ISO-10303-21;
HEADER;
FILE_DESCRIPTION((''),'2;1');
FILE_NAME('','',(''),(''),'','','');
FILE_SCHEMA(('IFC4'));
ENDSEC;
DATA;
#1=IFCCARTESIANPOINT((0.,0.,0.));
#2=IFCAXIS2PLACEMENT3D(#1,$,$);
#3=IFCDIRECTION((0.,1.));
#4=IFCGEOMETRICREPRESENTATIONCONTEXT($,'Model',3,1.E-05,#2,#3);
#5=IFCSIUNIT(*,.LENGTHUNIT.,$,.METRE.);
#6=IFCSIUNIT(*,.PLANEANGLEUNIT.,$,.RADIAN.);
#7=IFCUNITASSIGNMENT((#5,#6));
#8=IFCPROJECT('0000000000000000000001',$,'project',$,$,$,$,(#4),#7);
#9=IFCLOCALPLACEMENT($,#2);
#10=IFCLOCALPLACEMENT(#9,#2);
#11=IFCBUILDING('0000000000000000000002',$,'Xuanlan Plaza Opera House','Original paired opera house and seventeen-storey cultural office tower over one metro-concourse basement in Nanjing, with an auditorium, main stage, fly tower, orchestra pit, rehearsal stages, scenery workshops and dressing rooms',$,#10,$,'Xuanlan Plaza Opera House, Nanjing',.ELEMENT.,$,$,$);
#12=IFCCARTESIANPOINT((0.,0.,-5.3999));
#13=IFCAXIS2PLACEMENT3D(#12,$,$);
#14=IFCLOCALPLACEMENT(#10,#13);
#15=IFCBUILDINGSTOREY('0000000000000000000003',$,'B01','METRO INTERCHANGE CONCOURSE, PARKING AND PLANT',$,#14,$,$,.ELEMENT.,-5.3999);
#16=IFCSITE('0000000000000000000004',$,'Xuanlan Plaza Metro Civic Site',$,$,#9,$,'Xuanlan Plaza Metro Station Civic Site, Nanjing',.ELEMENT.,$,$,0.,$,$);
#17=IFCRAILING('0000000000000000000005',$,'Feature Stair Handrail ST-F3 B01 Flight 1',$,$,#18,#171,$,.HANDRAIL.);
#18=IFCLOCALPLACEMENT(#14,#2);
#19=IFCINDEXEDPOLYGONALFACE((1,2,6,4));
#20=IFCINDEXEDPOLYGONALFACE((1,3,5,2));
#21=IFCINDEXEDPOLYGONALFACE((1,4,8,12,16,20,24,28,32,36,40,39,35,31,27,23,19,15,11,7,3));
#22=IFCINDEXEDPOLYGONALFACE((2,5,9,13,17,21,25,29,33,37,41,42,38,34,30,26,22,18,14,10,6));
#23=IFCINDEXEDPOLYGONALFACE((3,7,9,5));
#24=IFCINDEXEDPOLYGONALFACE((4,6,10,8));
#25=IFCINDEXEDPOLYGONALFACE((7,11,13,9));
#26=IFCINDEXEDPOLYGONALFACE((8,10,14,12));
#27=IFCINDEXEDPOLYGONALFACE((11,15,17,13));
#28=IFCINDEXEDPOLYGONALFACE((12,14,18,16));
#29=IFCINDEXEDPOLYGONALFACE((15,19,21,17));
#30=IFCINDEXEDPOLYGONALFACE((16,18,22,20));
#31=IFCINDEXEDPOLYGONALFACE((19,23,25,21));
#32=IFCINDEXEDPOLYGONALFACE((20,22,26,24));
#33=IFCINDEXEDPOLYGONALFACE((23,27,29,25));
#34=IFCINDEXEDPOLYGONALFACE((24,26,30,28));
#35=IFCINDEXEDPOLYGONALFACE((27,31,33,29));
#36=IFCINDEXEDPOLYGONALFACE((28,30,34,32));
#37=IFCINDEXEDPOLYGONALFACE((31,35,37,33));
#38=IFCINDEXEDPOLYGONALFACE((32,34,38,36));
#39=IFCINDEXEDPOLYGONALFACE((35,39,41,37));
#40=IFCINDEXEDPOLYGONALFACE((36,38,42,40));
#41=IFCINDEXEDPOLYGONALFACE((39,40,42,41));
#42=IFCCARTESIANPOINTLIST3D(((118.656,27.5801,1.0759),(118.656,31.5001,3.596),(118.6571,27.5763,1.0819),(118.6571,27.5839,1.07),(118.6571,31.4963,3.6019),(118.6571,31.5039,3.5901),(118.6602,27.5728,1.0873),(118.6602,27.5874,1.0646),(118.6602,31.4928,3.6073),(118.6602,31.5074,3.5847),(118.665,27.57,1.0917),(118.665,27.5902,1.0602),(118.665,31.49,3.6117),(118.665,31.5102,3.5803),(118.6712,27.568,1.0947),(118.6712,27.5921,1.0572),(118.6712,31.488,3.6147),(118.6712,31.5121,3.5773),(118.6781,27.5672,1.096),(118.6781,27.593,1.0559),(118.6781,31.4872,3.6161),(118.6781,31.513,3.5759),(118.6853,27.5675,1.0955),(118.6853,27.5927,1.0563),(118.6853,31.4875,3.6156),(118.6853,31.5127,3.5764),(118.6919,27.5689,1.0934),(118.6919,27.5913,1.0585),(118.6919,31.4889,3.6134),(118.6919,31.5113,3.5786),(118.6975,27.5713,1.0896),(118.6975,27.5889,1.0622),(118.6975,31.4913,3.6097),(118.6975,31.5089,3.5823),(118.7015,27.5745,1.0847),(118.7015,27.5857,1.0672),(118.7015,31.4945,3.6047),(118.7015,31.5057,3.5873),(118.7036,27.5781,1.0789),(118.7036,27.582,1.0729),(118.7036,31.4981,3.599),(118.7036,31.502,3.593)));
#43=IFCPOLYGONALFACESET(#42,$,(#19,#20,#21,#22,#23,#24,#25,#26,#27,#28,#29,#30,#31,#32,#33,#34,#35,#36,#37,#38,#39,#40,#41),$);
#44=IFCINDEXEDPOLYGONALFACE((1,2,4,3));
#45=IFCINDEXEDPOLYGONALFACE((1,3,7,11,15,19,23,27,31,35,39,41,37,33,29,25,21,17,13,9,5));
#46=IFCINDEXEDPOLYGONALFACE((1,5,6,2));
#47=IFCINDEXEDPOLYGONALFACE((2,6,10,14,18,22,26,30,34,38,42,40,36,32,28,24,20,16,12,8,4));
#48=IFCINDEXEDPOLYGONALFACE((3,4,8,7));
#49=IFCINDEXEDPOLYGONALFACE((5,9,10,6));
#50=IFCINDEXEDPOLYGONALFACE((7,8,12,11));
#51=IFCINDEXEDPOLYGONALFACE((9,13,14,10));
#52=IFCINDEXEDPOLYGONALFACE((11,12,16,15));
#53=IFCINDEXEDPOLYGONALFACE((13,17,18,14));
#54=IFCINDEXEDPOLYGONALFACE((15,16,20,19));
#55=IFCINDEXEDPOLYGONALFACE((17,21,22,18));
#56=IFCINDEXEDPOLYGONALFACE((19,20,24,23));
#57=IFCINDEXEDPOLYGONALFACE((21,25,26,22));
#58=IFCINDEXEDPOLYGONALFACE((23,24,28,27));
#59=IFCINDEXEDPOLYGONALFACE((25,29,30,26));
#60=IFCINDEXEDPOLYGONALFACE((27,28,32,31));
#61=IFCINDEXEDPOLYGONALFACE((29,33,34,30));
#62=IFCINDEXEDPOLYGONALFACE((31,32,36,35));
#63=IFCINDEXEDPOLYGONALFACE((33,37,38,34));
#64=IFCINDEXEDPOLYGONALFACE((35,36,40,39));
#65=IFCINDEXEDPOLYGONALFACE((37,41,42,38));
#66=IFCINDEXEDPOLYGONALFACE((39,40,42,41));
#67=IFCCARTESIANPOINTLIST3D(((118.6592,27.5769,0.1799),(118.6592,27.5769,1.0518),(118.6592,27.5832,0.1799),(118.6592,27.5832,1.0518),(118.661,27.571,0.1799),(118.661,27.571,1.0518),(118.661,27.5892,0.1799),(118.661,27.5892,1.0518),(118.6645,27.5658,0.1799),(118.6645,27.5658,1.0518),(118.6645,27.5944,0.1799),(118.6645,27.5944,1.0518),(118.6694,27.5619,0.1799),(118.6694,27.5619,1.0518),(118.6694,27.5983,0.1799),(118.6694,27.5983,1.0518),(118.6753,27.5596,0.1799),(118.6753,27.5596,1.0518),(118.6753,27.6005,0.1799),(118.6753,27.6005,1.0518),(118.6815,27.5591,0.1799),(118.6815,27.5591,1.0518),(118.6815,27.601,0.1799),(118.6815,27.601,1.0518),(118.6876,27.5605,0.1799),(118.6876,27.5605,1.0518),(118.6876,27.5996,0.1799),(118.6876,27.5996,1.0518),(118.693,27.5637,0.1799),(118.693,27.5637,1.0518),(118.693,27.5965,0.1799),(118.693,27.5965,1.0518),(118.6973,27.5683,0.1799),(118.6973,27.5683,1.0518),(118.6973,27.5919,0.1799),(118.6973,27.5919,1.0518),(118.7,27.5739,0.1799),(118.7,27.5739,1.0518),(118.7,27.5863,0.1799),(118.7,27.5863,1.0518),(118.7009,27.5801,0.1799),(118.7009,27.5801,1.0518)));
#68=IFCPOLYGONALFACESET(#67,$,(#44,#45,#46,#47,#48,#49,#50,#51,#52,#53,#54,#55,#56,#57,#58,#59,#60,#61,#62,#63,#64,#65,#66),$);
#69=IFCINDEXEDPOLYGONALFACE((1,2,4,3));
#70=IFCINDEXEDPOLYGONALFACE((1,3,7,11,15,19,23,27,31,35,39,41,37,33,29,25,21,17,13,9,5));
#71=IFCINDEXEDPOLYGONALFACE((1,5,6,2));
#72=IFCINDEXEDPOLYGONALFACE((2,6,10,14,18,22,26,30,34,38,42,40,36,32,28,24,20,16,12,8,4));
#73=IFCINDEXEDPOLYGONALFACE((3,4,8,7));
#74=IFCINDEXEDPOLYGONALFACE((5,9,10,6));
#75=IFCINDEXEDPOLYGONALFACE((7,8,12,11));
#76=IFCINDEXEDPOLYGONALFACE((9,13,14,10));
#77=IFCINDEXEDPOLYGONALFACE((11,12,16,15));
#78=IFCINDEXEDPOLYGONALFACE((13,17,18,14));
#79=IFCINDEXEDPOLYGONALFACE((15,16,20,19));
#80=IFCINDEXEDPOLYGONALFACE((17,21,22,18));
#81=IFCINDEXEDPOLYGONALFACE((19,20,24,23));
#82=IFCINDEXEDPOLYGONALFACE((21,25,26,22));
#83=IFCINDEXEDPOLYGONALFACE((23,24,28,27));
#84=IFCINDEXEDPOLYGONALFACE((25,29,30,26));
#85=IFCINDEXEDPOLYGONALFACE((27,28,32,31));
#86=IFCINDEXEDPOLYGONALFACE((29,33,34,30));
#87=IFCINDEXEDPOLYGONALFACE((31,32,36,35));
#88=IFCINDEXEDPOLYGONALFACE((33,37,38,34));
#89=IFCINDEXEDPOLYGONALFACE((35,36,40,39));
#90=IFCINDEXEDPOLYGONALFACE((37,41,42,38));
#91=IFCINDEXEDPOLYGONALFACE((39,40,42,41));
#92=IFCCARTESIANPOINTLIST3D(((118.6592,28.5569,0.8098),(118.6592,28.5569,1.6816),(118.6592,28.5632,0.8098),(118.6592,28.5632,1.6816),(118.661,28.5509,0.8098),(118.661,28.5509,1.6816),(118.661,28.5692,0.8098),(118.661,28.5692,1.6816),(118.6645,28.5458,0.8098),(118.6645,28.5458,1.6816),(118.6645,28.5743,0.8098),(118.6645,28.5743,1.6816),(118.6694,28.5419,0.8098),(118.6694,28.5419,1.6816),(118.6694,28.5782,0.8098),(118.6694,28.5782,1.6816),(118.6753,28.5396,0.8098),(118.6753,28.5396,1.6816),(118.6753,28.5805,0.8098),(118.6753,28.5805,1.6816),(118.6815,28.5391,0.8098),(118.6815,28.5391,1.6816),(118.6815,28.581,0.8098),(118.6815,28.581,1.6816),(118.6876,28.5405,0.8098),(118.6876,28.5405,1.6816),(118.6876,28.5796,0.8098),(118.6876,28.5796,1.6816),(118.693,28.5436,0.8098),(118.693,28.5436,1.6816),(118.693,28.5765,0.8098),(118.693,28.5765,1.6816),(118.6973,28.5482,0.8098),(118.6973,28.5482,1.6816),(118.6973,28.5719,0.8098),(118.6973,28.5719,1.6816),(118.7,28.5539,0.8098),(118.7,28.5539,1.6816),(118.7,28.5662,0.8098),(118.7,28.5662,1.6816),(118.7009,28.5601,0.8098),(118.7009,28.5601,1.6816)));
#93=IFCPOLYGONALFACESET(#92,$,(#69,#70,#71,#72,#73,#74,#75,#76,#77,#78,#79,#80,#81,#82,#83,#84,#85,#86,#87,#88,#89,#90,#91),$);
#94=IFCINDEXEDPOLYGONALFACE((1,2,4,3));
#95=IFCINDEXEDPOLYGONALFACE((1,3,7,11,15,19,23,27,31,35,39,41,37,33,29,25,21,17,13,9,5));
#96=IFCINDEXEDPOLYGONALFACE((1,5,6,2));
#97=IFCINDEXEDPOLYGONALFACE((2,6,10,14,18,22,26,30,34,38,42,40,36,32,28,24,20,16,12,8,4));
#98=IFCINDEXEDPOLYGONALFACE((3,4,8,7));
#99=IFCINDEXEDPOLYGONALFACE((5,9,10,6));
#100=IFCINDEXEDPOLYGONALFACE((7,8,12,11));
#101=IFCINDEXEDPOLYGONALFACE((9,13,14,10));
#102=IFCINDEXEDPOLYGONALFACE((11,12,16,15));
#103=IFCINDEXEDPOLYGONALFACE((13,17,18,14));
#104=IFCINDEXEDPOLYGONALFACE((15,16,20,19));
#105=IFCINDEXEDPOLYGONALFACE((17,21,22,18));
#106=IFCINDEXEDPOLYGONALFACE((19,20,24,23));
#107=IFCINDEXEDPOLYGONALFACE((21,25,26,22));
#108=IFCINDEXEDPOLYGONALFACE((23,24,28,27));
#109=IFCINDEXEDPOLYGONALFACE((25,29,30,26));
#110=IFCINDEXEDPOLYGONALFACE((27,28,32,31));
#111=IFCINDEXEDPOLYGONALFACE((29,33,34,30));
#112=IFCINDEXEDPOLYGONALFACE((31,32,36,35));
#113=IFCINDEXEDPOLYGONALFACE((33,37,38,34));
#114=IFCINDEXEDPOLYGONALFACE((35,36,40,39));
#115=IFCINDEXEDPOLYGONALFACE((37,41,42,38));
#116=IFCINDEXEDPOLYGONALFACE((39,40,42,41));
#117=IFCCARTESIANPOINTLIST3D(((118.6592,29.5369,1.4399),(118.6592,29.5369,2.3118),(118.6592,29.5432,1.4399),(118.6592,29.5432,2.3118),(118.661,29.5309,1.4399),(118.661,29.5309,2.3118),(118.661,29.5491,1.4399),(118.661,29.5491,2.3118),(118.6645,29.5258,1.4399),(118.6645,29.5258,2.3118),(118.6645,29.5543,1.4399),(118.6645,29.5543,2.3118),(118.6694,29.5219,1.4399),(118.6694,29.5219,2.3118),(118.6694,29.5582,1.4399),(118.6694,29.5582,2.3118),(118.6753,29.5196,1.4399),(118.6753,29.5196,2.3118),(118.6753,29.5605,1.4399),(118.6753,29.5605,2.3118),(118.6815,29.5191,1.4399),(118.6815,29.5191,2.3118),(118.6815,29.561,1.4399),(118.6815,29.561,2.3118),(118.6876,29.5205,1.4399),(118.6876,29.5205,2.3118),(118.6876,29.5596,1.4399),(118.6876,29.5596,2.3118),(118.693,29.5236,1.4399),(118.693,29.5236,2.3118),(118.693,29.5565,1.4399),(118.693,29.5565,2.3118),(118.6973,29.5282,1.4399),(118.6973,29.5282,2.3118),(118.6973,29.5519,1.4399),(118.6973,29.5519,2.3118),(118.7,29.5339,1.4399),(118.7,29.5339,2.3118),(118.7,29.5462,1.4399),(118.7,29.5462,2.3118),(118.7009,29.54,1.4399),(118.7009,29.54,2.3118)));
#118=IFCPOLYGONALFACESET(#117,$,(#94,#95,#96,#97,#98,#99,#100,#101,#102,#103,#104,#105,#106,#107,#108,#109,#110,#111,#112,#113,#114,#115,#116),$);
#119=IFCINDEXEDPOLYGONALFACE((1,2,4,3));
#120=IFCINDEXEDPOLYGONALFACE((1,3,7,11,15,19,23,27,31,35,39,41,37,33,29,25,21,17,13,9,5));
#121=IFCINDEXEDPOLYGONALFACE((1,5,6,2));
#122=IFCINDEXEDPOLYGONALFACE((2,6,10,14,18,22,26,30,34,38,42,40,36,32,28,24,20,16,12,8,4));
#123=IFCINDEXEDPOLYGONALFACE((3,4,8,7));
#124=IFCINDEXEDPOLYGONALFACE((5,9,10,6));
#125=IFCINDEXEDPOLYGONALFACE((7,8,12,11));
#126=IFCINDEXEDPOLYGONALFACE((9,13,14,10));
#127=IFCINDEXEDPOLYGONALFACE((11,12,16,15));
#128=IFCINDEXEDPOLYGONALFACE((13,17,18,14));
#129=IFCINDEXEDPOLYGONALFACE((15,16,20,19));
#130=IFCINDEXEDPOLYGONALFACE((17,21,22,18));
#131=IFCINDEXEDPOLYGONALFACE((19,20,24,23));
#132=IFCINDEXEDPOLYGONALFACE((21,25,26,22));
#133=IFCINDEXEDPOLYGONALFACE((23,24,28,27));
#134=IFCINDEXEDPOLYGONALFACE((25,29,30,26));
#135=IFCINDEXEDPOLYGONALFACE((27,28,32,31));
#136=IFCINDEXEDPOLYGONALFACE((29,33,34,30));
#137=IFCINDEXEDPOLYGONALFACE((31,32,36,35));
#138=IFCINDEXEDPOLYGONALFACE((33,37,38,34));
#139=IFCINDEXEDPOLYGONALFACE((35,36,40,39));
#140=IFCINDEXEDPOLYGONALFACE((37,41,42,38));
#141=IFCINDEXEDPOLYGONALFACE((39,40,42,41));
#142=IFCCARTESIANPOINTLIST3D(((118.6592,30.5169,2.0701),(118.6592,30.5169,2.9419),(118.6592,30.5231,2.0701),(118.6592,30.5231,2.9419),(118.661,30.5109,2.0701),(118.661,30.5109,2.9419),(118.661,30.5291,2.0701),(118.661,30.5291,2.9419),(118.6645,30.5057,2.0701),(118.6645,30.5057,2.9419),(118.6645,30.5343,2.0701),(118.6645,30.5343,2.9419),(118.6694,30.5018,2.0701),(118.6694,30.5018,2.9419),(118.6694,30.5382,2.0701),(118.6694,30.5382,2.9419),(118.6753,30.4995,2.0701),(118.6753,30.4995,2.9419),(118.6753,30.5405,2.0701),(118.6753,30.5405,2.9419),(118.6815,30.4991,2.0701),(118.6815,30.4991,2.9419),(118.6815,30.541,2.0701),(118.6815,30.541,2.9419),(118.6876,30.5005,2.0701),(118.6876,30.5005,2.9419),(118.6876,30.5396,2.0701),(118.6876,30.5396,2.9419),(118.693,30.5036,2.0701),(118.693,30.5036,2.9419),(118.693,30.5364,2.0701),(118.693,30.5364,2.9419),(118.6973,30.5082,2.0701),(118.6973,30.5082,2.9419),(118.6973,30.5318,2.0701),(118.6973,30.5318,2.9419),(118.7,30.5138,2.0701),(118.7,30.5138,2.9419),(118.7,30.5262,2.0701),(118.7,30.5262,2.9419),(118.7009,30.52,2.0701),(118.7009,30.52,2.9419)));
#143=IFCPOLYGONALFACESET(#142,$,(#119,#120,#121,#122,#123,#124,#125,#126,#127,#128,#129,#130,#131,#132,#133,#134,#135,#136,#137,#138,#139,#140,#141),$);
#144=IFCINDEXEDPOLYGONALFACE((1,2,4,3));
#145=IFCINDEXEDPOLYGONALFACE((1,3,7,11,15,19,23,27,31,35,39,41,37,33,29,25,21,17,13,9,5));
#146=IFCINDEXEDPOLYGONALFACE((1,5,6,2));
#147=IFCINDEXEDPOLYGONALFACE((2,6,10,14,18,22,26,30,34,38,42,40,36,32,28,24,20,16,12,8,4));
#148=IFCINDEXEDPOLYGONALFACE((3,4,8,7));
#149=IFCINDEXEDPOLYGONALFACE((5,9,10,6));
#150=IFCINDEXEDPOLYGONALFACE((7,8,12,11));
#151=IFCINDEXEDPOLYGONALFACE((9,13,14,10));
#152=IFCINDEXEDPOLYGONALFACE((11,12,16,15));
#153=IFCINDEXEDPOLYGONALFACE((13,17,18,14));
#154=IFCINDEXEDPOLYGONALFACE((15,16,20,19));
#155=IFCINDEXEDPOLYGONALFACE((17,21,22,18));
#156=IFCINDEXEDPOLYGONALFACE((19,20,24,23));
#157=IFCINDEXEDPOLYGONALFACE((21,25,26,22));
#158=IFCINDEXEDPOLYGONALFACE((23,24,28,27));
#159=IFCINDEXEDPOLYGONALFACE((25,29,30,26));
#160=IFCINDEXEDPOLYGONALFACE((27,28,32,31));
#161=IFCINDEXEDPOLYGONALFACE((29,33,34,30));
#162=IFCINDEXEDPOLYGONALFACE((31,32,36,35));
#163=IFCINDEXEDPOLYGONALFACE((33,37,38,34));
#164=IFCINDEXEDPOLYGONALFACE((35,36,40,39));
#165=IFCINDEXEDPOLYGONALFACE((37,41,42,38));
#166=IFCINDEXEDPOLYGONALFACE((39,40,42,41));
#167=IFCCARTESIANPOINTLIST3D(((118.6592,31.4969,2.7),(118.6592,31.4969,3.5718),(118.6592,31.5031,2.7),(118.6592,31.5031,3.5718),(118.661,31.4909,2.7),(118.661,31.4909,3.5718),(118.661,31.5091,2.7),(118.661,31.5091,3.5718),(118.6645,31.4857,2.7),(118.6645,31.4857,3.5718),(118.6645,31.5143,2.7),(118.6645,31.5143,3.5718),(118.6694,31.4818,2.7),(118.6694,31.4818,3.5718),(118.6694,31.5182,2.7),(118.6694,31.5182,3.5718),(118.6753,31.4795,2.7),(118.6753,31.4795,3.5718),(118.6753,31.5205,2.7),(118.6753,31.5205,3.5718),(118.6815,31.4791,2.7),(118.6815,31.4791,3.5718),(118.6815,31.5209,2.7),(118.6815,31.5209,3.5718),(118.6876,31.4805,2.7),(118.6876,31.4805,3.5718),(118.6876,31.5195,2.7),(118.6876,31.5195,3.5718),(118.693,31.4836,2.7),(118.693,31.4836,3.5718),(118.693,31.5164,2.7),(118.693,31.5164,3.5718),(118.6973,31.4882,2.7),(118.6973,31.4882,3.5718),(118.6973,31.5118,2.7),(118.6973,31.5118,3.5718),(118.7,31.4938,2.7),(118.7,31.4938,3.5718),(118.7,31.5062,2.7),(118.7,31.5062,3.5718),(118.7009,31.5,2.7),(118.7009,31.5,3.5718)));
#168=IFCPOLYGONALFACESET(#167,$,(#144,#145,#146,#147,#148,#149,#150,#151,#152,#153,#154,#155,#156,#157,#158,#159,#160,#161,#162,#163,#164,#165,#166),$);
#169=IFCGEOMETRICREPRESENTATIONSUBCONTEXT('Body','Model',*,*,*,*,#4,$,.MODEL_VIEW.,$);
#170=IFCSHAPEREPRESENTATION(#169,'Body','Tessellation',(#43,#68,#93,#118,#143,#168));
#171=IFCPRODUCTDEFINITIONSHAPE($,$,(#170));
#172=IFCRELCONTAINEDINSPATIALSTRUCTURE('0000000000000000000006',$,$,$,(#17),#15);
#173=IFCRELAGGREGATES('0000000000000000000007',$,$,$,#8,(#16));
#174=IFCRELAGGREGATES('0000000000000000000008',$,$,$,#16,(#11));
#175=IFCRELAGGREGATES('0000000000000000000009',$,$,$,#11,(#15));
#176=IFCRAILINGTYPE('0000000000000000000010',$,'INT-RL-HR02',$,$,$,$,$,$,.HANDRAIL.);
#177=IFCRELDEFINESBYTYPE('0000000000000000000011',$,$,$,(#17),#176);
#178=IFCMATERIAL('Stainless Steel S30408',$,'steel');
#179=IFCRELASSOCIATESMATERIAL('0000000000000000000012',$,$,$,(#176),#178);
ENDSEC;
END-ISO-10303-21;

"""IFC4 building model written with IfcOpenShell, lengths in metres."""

from ifc_helpers import new_model, si_unit, direction, frame, origin, origin_2d, place, context, subcontext, project, spatial, circle, extrude, material, type_object, element, save


model = new_model("IFC4")

# Units and contexts
model_context = context("Model", 3, precision=1e-05, world=origin(), true_north=direction((0.0, 1.0)))
body_context = subcontext(model_context, "Body", "Model", "MODEL_VIEW")
ifc_project = project(units=[si_unit("LENGTHUNIT", "METRE"), si_unit("PLANEANGLEUNIT", "RADIAN")], contexts=[model_context])

# Site, building, storey
site_placement = place(None, origin())
site = spatial("IfcSite", under=ifc_project, at=site_placement, Name="Xuanlan Plaza Metro Civic Site", LongName="Xuanlan Plaza Metro Station Civic Site, Nanjing", CompositionType="ELEMENT", RefElevation=0.0)
building_placement = place(site_placement, origin())
building = spatial("IfcBuilding", under=site, at=building_placement, Name="Xuanlan Plaza Opera House", Description="Original paired opera house and seventeen-storey cultural office tower over one metro-concourse basement in Nanjing, with an auditorium, main stage, fly tower, orchestra pit, rehearsal stages, scenery workshops and dressing rooms", LongName="Xuanlan Plaza Opera House, Nanjing", CompositionType="ELEMENT")
storey_placement = place(building_placement, frame((0.0, 0.0, -5.3999)))
storey = spatial("IfcBuildingStorey", under=building, at=storey_placement, Name="B01", Description="METRO INTERCHANGE CONCOURSE, PARKING AND PLANT", CompositionType="ELEMENT", Elevation=-5.3999)

# Railing
ifc_material_1 = material(Name="Stainless Steel S30408", Category="steel")
railing_type = type_object("IfcRailingType", Name="INT-RL-HR02", PredefinedType="HANDRAIL", material=ifc_material_1)
railing_placement = place(storey_placement, frame((118.6799, 27.5801, 0.1799)))
element("IfcRailing", 1, at=railing_placement, inside=storey, type_object=railing_type, Name="Feature Stair Handrail ST-F3 B01 Flight 1", PredefinedType="HANDRAIL", context=body_context, shape_type="SweptSolid", body=[
    extrude(circle(Radius=0.0239, at=origin_2d()), frame((0.0, 0.0, 0.896), z_axis=(0.0, 0.841172, 0.540768), x_axis=(-1.0, 0.0, 0.0)), (0.0, 0.0, 1.0), 4.6602),
    extrude(circle(Radius=0.021, at=origin_2d()), origin(), (0.0, 0.0, 1.0), 0.8718),
    extrude(circle(Radius=0.021, at=origin_2d()), frame((0.0, 0.98, 0.6299)), (0.0, 0.0, 1.0), 0.8718),
    extrude(circle(Radius=0.021, at=origin_2d()), frame((0.0, 1.96, 1.26)), (0.0, 0.0, 1.0), 0.8718),
    extrude(circle(Radius=0.021, at=origin_2d()), frame((0.0, 2.9399, 1.8901)), (0.0, 0.0, 1.0), 0.8718),
    extrude(circle(Radius=0.021, at=origin_2d()), frame((0.0, 3.9199, 2.52)), (0.0, 0.0, 1.0), 0.8718),
])

save(model, "model.ifc")
